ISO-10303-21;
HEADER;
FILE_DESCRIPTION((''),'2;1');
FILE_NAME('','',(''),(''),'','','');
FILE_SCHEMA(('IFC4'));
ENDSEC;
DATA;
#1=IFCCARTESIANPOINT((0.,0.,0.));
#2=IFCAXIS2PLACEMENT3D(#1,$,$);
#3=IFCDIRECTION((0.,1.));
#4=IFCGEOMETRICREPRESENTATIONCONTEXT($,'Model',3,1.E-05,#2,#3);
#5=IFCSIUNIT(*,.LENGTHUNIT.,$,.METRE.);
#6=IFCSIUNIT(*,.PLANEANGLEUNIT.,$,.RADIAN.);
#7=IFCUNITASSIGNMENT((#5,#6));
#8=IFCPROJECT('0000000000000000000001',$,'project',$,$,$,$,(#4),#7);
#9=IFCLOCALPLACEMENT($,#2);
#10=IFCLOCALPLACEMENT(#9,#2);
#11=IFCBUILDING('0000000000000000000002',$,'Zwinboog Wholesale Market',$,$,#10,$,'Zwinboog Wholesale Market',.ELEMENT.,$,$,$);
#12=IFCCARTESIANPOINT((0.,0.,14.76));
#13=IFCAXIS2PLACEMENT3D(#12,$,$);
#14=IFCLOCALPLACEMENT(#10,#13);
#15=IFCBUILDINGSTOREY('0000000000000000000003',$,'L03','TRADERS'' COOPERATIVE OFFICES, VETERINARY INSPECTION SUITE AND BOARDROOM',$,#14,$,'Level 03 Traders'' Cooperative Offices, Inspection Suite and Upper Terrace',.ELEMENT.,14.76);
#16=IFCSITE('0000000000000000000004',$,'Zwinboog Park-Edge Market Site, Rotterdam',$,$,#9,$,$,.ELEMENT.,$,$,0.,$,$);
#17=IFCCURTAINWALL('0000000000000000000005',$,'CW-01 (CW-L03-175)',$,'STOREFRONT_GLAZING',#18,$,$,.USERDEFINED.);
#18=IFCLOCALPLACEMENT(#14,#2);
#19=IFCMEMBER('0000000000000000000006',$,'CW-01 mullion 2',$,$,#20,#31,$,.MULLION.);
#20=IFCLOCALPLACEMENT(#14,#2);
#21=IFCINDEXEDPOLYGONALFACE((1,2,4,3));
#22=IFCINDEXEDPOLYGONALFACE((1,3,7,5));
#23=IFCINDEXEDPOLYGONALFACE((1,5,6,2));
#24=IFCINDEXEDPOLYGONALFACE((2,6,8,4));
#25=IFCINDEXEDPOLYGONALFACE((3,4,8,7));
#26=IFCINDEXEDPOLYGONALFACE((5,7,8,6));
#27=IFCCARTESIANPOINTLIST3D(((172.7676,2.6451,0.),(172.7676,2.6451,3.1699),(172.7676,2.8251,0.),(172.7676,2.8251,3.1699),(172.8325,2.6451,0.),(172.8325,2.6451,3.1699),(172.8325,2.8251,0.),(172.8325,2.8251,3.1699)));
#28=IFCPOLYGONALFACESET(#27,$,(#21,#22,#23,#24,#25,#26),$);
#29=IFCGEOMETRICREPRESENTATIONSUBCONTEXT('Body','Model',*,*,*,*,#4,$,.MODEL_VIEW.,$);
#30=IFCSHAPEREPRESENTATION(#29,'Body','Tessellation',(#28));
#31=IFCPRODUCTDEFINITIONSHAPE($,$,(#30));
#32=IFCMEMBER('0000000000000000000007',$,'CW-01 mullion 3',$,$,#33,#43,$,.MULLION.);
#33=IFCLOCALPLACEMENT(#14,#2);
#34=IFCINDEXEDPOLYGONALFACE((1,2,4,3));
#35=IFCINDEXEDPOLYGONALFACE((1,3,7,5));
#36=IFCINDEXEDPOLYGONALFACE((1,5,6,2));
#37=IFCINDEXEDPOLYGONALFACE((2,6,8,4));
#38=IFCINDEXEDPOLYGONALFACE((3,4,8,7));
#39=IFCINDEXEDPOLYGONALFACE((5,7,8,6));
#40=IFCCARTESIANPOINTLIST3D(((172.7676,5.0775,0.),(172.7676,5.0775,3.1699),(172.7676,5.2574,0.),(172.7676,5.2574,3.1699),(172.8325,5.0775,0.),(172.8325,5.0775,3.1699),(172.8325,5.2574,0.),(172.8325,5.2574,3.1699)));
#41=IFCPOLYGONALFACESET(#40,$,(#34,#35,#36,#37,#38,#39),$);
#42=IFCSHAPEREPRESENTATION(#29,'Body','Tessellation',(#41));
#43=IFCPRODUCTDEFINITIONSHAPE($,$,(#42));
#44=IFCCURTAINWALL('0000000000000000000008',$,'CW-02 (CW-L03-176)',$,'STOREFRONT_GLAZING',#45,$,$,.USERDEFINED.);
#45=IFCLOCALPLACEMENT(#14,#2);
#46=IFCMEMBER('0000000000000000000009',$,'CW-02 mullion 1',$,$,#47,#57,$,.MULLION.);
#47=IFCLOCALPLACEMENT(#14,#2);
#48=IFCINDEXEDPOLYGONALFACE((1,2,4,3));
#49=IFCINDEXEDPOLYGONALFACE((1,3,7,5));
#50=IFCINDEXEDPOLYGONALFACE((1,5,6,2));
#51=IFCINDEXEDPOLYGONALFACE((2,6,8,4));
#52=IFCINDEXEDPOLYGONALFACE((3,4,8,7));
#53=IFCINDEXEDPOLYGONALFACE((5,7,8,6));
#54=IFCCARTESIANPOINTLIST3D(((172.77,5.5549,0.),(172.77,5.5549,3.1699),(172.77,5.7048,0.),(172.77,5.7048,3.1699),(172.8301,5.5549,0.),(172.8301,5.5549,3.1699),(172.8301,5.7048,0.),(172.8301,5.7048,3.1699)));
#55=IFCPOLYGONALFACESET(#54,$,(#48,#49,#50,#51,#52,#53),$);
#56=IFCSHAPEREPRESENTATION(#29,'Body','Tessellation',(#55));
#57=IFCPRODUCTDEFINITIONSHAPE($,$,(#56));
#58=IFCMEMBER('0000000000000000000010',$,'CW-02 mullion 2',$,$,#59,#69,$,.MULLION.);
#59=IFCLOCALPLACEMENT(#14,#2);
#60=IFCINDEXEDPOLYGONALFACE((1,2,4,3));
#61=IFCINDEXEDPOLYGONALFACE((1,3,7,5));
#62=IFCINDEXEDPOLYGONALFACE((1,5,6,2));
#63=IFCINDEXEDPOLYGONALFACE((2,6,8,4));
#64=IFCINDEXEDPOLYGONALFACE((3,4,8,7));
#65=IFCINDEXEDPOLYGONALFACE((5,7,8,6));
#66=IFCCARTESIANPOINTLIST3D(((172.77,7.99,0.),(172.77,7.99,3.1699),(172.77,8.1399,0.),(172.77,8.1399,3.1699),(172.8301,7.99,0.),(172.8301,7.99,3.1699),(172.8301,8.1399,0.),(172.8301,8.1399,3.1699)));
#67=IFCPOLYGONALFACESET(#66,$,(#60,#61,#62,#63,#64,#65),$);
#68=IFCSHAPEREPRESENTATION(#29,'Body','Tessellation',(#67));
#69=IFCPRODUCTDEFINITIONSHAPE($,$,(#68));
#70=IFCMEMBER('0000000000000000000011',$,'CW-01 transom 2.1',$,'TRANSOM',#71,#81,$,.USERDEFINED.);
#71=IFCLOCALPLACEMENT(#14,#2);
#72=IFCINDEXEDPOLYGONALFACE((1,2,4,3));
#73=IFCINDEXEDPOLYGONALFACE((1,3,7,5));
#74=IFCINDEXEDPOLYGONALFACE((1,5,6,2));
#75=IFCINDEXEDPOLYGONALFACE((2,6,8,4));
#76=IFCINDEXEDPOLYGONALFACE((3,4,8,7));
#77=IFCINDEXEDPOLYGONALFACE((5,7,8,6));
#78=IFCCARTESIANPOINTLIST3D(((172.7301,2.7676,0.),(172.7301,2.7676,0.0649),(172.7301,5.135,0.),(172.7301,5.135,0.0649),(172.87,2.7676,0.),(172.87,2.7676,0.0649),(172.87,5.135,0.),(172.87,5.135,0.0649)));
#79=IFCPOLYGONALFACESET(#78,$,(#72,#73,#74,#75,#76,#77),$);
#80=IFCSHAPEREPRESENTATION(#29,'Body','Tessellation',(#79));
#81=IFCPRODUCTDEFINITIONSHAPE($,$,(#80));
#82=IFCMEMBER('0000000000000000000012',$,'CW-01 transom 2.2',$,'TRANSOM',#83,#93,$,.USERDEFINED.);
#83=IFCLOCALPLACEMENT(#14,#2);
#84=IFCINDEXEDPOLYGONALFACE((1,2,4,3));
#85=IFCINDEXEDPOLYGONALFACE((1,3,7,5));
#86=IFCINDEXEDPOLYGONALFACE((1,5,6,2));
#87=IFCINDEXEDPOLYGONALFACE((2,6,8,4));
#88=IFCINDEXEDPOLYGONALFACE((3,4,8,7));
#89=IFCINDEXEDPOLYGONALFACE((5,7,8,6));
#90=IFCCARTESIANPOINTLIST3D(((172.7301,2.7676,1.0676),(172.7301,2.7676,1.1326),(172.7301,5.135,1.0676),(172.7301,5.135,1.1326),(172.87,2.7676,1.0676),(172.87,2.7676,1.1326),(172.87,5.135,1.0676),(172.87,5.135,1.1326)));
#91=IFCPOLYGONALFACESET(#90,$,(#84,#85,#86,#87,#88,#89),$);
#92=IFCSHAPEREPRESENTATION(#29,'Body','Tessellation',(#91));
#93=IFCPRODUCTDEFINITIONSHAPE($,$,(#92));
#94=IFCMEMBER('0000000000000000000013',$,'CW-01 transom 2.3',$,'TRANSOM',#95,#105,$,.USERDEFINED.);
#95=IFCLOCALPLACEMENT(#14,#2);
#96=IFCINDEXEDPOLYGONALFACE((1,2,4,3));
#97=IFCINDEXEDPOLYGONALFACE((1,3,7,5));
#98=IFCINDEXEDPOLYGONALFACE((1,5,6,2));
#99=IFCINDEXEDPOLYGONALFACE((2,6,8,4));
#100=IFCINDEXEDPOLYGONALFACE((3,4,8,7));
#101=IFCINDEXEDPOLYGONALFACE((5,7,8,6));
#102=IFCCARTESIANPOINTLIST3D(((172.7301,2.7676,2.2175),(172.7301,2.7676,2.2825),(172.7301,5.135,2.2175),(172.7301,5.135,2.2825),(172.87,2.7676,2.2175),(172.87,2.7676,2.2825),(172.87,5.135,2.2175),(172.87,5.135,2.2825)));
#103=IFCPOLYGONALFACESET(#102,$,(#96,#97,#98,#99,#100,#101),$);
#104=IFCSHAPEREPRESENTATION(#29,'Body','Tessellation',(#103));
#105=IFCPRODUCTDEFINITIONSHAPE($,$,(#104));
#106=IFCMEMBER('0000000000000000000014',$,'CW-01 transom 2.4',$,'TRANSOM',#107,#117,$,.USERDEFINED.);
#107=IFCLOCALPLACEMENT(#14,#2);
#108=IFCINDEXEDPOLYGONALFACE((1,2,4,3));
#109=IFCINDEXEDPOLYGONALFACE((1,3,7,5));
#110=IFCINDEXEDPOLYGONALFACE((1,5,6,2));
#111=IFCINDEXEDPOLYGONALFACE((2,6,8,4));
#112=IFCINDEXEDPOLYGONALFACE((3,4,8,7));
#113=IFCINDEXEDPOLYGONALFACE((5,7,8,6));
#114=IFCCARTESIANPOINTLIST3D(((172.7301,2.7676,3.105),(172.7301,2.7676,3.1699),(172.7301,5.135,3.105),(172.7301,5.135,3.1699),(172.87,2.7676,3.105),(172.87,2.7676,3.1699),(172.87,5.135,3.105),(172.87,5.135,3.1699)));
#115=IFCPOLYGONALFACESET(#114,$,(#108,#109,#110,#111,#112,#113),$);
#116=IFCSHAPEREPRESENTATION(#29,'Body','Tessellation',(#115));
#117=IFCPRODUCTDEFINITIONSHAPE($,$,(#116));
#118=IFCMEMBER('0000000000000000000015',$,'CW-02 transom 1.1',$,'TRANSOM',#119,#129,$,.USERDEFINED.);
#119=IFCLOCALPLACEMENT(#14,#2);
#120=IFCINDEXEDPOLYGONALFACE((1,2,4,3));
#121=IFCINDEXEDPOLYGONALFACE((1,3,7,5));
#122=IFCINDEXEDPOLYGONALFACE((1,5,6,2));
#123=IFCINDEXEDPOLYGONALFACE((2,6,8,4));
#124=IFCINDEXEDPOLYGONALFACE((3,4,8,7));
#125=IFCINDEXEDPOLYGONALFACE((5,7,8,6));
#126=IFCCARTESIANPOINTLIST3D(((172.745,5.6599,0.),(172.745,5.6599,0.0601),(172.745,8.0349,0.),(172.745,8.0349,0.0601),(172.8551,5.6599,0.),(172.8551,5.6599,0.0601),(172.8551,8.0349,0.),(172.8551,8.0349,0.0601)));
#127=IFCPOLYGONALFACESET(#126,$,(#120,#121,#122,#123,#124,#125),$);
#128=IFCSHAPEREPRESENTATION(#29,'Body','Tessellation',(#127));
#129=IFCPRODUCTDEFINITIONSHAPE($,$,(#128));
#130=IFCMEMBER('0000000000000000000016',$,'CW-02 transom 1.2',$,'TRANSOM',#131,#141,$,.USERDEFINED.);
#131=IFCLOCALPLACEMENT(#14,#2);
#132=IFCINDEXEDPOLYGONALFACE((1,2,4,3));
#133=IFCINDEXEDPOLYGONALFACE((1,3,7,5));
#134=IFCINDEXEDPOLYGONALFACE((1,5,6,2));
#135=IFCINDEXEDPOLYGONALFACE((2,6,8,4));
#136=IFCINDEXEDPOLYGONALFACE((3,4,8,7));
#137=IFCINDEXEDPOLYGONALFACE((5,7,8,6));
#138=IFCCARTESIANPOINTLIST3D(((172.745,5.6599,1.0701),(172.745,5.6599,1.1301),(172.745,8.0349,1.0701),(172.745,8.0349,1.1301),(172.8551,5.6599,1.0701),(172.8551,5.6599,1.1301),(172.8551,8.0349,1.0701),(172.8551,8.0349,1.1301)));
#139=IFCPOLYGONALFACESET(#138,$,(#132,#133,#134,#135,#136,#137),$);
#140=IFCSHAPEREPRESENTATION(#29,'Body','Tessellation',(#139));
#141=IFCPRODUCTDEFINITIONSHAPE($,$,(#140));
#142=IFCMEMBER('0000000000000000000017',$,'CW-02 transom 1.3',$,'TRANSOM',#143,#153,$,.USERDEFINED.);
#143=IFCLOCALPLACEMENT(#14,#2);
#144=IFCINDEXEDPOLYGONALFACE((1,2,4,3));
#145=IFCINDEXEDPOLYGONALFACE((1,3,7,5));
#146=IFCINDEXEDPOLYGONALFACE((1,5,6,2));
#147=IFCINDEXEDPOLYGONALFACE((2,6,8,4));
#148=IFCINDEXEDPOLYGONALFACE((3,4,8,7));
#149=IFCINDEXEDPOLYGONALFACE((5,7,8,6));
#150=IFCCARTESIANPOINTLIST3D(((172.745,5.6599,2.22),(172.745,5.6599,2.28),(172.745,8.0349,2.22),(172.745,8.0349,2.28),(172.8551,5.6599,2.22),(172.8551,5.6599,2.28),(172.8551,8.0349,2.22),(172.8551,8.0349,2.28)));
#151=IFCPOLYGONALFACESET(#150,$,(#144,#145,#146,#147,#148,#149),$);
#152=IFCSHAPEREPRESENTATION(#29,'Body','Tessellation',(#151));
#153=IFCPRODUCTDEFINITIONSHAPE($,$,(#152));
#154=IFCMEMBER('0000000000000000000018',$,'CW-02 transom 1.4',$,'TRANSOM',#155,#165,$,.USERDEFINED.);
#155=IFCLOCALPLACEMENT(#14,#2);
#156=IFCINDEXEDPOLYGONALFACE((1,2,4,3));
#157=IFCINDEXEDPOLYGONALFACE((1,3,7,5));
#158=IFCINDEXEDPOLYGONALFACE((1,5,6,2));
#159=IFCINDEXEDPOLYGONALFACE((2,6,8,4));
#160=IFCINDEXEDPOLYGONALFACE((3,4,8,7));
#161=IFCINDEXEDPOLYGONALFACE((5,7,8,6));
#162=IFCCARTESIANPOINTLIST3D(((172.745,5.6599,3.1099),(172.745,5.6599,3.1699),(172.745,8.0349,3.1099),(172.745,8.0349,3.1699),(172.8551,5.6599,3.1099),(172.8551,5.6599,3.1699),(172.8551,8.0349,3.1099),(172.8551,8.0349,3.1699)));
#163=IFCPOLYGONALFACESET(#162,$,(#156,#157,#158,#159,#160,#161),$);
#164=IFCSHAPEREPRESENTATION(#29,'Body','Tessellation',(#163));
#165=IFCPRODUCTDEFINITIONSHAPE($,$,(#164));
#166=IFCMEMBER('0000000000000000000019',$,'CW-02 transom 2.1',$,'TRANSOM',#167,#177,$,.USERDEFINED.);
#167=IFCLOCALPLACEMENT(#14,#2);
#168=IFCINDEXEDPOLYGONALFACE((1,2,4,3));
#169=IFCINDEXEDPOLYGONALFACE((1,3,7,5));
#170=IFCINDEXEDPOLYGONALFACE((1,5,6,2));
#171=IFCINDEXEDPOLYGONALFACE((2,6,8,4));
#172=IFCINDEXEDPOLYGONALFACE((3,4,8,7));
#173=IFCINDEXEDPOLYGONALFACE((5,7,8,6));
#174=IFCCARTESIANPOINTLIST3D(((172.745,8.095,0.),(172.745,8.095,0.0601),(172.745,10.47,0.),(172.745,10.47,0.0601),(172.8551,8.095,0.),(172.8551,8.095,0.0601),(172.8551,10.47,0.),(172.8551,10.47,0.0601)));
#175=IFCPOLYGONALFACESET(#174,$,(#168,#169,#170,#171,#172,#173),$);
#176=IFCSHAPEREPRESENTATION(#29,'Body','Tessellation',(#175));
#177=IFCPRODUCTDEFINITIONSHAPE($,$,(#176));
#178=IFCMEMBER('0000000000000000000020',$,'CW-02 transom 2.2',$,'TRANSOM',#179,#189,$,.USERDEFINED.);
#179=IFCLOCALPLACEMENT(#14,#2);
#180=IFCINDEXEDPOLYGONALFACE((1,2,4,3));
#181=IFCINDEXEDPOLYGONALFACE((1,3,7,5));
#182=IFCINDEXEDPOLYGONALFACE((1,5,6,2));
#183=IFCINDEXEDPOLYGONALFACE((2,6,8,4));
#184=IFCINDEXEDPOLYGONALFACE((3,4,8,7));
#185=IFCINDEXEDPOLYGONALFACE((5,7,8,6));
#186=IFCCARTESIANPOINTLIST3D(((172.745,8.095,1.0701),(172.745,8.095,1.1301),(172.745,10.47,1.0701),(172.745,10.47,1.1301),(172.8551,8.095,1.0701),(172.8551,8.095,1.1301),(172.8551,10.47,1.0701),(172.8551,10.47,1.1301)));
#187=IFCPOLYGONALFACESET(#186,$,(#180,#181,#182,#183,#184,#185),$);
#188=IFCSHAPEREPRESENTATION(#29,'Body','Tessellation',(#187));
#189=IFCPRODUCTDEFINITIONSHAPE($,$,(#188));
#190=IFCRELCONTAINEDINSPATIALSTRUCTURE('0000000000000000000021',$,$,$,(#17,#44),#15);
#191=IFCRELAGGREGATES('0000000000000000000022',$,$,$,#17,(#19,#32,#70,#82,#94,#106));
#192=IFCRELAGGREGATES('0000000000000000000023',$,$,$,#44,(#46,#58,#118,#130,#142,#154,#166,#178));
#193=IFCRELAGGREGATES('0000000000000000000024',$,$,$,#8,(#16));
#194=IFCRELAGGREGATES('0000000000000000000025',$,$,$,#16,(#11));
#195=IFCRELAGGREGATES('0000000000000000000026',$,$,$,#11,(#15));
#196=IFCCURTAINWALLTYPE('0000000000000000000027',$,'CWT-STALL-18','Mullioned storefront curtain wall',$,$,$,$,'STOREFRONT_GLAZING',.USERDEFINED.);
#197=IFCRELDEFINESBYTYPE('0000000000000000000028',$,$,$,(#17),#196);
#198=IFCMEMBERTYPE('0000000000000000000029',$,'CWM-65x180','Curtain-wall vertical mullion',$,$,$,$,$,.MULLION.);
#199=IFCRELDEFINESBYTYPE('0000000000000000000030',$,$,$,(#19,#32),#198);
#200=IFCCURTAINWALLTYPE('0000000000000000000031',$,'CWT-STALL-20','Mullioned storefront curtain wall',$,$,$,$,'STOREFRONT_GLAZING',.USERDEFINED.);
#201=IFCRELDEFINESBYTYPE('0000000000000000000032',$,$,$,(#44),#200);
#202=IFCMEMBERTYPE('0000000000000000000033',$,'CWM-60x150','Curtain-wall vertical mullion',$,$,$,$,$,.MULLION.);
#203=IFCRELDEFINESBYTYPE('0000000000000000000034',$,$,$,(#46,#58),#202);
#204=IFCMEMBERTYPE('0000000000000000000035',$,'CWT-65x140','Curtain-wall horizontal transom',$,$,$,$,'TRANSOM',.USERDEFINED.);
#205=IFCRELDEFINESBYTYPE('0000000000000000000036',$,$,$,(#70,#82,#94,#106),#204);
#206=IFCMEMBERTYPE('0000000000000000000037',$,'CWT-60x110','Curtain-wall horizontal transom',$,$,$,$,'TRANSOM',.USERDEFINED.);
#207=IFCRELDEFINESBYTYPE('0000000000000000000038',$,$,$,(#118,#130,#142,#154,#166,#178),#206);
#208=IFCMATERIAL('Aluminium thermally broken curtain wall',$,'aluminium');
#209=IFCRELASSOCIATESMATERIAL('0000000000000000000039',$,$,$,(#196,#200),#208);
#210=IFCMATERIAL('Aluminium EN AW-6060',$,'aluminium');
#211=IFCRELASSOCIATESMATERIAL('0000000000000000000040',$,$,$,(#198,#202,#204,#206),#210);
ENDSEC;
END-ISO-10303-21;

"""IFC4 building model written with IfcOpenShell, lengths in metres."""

from ifc_helpers import new_model, si_unit, direction, frame, origin, origin_2d, place, context, subcontext, project, spatial, rectangle, extrude, material, material_profile, profile_set, type_object, element, aggregate, save


model = new_model("IFC4")

# Units and contexts
model_context = context("Model", 3, precision=1e-05, world=origin(), true_north=direction((0.0, 1.0)))
body_context = subcontext(model_context, "Body", "Model", "MODEL_VIEW")
ifc_project = project(units=[si_unit("LENGTHUNIT", "METRE"), si_unit("PLANEANGLEUNIT", "RADIAN")], contexts=[model_context])

# Site, building, storey
site_placement = place(None, origin())
site = spatial("IfcSite", under=ifc_project, at=site_placement, Name="Zwinboog Park-Edge Market Site, Rotterdam", CompositionType="ELEMENT", RefElevation=0.0)
building_placement = place(site_placement, origin())
building = spatial("IfcBuilding", under=site, at=building_placement, Name="Zwinboog Wholesale Market", LongName="Zwinboog Wholesale Market", CompositionType="ELEMENT")
storey_placement = place(building_placement, frame((0.0, 0.0, 14.76)))
storey = spatial("IfcBuildingStorey", under=building, at=storey_placement, Name="L03", Description="TRADERS' COOPERATIVE OFFICES, VETERINARY INSPECTION SUITE AND BOARDROOM", LongName="Level 03 Traders' Cooperative Offices, Inspection Suite and Upper Terrace", CompositionType="ELEMENT", Elevation=14.76)

# Curtain walls, members
ifc_material_1 = material(Name="Aluminium thermally broken curtain wall", Category="aluminium")
curtain_wall_type_1 = type_object("IfcCurtainWallType", Name="CWT-STALL-18", Description="Mullioned storefront curtain wall", ElementType="STOREFRONT_GLAZING", PredefinedType="USERDEFINED", material=ifc_material_1)
curtain_wall_1_placement = place(storey_placement, origin())
curtain_wall_1 = element("IfcCurtainWall", 1, at=curtain_wall_1_placement, inside=storey, type_object=curtain_wall_type_1, Name="CW-01 (CW-L03-175)", ObjectType="STOREFRONT_GLAZING", PredefinedType="USERDEFINED")
ifc_material_2 = material(Name="Aluminium EN AW-6060", Category="aluminium")
ifc_material_profile_1 = material_profile(ifc_material_2, rectangle(XDim=0.0649, YDim=0.1799, at=origin_2d()), Name="AL 65x180")
ifc_profile_set_1 = profile_set([ifc_material_profile_1], Name="Aluminium EN AW-6060")
member_type_1 = type_object("IfcMemberType", Name="CWM-65x180", Description="Curtain-wall vertical mullion", PredefinedType="MULLION", material=ifc_profile_set_1)
member_1_placement = place(storey_placement, frame((172.8, 2.7351, 0.0), z_axis=(0.0, 0.0, 1.0), x_axis=(-1.0, 0.0, 0.0)))
member_1 = element("IfcMember", 2, at=member_1_placement, type_object=member_type_1, Name="CW-01 mullion 2", PredefinedType="MULLION", context=body_context, shape_type="SweptSolid", body=[
    extrude(rectangle(XDim=0.0649, YDim=0.1799, at=origin_2d()), origin(), (0.0, 0.0, 1.0), 3.1699),
])
member_2_placement = place(storey_placement, frame((172.8, 5.1675, 0.0), z_axis=(0.0, 0.0, 1.0), x_axis=(-1.0, 0.0, 0.0)))
member_2 = element("IfcMember", 3, at=member_2_placement, type_object=member_type_1, Name="CW-01 mullion 3", PredefinedType="MULLION", context=body_context, shape_type="SweptSolid", body=[
    extrude(rectangle(XDim=0.0649, YDim=0.1799, at=origin_2d()), origin(), (0.0, 0.0, 1.0), 3.1699),
])
curtain_wall_type_2 = type_object("IfcCurtainWallType", Name="CWT-STALL-20", Description="Mullioned storefront curtain wall", ElementType="STOREFRONT_GLAZING", PredefinedType="USERDEFINED", material=ifc_material_1)
curtain_wall_2_placement = place(storey_placement, origin())
curtain_wall_2 = element("IfcCurtainWall", 4, at=curtain_wall_2_placement, inside=storey, type_object=curtain_wall_type_2, Name="CW-02 (CW-L03-176)", ObjectType="STOREFRONT_GLAZING", PredefinedType="USERDEFINED")
ifc_material_profile_2 = material_profile(ifc_material_2, rectangle(XDim=0.0601, YDim=0.1499, at=origin_2d()), Name="AL 60x150")
ifc_profile_set_2 = profile_set([ifc_material_profile_2], Name="Aluminium EN AW-6060")
member_type_2 = type_object("IfcMemberType", Name="CWM-60x150", Description="Curtain-wall vertical mullion", PredefinedType="MULLION", material=ifc_profile_set_2)
member_3_placement = place(storey_placement, frame((172.8, 5.6299, 0.0), z_axis=(0.0, 0.0, 1.0), x_axis=(-1.0, 0.0, 0.0)))
member_3 = element("IfcMember", 5, at=member_3_placement, type_object=member_type_2, Name="CW-02 mullion 1", PredefinedType="MULLION", context=body_context, shape_type="SweptSolid", body=[
    extrude(rectangle(XDim=0.0601, YDim=0.1499, at=origin_2d()), origin(), (0.0, 0.0, 1.0), 3.1699),
])
member_4_placement = place(storey_placement, frame((172.8, 8.0649, 0.0), z_axis=(0.0, 0.0, 1.0), x_axis=(-1.0, 0.0, 0.0)))
member_4 = element("IfcMember", 6, at=member_4_placement, type_object=member_type_2, Name="CW-02 mullion 2", PredefinedType="MULLION", context=body_context, shape_type="SweptSolid", body=[
    extrude(rectangle(XDim=0.0601, YDim=0.1499, at=origin_2d()), origin(), (0.0, 0.0, 1.0), 3.1699),
])

# Members
ifc_material_profile_3 = material_profile(ifc_material_2, rectangle(XDim=0.1399, YDim=0.0649, at=origin_2d()), Name="AL 65x140")
ifc_profile_set_3 = profile_set([ifc_material_profile_3], Name="Aluminium EN AW-6060")
member_type_3 = type_object("IfcMemberType", Name="CWT-65x140", Description="Curtain-wall horizontal transom", ElementType="TRANSOM", PredefinedType="USERDEFINED", material=ifc_profile_set_3)
member_5_placement = place(storey_placement, frame((172.8, 2.7676, 0.0325), z_axis=(0.0, 1.0, 0.0), x_axis=(-1.0, 0.0, 0.0)))
member_5 = element("IfcMember", 7, at=member_5_placement, type_object=member_type_3, Name="CW-01 transom 2.1", ObjectType="TRANSOM", PredefinedType="USERDEFINED", context=body_context, shape_type="SweptSolid", body=[
    extrude(rectangle(XDim=0.1399, YDim=0.0649, at=origin_2d()), origin(), (0.0, 0.0, 1.0), 2.3674),
])
member_6_placement = place(storey_placement, frame((172.8, 2.7676, 1.1001), z_axis=(0.0, 1.0, 0.0), x_axis=(-1.0, 0.0, 0.0)))
member_6 = element("IfcMember", 8, at=member_6_placement, type_object=member_type_3, Name="CW-01 transom 2.2", ObjectType="TRANSOM", PredefinedType="USERDEFINED", context=body_context, shape_type="SweptSolid", body=[
    extrude(rectangle(XDim=0.1399, YDim=0.0649, at=origin_2d()), origin(), (0.0, 0.0, 1.0), 2.3674),
])
member_7_placement = place(storey_placement, frame((172.8, 2.7676, 2.25), z_axis=(0.0, 1.0, 0.0), x_axis=(-1.0, 0.0, 0.0)))
member_7 = element("IfcMember", 9, at=member_7_placement, type_object=member_type_3, Name="CW-01 transom 2.3", ObjectType="TRANSOM", PredefinedType="USERDEFINED", context=body_context, shape_type="SweptSolid", body=[
    extrude(rectangle(XDim=0.1399, YDim=0.0649, at=origin_2d()), origin(), (0.0, 0.0, 1.0), 2.3674),
])
member_8_placement = place(storey_placement, frame((172.8, 2.7676, 3.1375), z_axis=(0.0, 1.0, 0.0), x_axis=(-1.0, 0.0, 0.0)))
member_8 = element("IfcMember", 10, at=member_8_placement, type_object=member_type_3, Name="CW-01 transom 2.4", ObjectType="TRANSOM", PredefinedType="USERDEFINED", context=body_context, shape_type="SweptSolid", body=[
    extrude(rectangle(XDim=0.1399, YDim=0.0649, at=origin_2d()), origin(), (0.0, 0.0, 1.0), 2.3674),
])
ifc_material_profile_4 = material_profile(ifc_material_2, rectangle(XDim=0.1101, YDim=0.0601, at=origin_2d()), Name="AL 60x110")
ifc_profile_set_4 = profile_set([ifc_material_profile_4], Name="Aluminium EN AW-6060")
member_type_4 = type_object("IfcMemberType", Name="CWT-60x110", Description="Curtain-wall horizontal transom", ElementType="TRANSOM", PredefinedType="USERDEFINED", material=ifc_profile_set_4)
member_9_placement = place(storey_placement, frame((172.8, 5.6599, 0.03), z_axis=(0.0, 1.0, 0.0), x_axis=(-1.0, 0.0, 0.0)))
member_9 = element("IfcMember", 11, at=member_9_placement, type_object=member_type_4, Name="CW-02 transom 1.1", ObjectType="TRANSOM", PredefinedType="USERDEFINED", context=body_context, shape_type="SweptSolid", body=[
    extrude(rectangle(XDim=0.1101, YDim=0.0601, at=origin_2d()), origin(), (0.0, 0.0, 1.0), 2.375),
])
member_10_placement = place(storey_placement, frame((172.8, 5.6599, 1.1001), z_axis=(0.0, 1.0, 0.0), x_axis=(-1.0, 0.0, 0.0)))
member_10 = element("IfcMember", 12, at=member_10_placement, type_object=member_type_4, Name="CW-02 transom 1.2", ObjectType="TRANSOM", PredefinedType="USERDEFINED", context=body_context, shape_type="SweptSolid", body=[
    extrude(rectangle(XDim=0.1101, YDim=0.0601, at=origin_2d()), origin(), (0.0, 0.0, 1.0), 2.375),
])
member_11_placement = place(storey_placement, frame((172.8, 5.6599, 2.25), z_axis=(0.0, 1.0, 0.0), x_axis=(-1.0, 0.0, 0.0)))
member_11 = element("IfcMember", 13, at=member_11_placement, type_object=member_type_4, Name="CW-02 transom 1.3", ObjectType="TRANSOM", PredefinedType="USERDEFINED", context=body_context, shape_type="SweptSolid", body=[
    extrude(rectangle(XDim=0.1101, YDim=0.0601, at=origin_2d()), origin(), (0.0, 0.0, 1.0), 2.375),
])
member_12_placement = place(storey_placement, frame((172.8, 5.6599, 3.1399), z_axis=(0.0, 1.0, 0.0), x_axis=(-1.0, 0.0, 0.0)))
member_12 = element("IfcMember", 14, at=member_12_placement, type_object=member_type_4, Name="CW-02 transom 1.4", ObjectType="TRANSOM", PredefinedType="USERDEFINED", context=body_context, shape_type="SweptSolid", body=[
    extrude(rectangle(XDim=0.1101, YDim=0.0601, at=origin_2d()), origin(), (0.0, 0.0, 1.0), 2.375),
])
member_13_placement = place(storey_placement, frame((172.8, 8.095, 0.03), z_axis=(0.0, 1.0, 0.0), x_axis=(-1.0, 0.0, 0.0)))
member_13 = element("IfcMember", 15, at=member_13_placement, type_object=member_type_4, Name="CW-02 transom 2.1", ObjectType="TRANSOM", PredefinedType="USERDEFINED", context=body_context, shape_type="SweptSolid", body=[
    extrude(rectangle(XDim=0.1101, YDim=0.0601, at=origin_2d()), origin(), (0.0, 0.0, 1.0), 2.375),
])
member_14_placement = place(storey_placement, frame((172.8, 8.095, 1.1001), z_axis=(0.0, 1.0, 0.0), x_axis=(-1.0, 0.0, 0.0)))
member_14 = element("IfcMember", 16, at=member_14_placement, type_object=member_type_4, Name="CW-02 transom 2.2", ObjectType="TRANSOM", PredefinedType="USERDEFINED", context=body_context, shape_type="SweptSolid", body=[
    extrude(rectangle(XDim=0.1101, YDim=0.0601, at=origin_2d()), origin(), (0.0, 0.0, 1.0), 2.375),
])

aggregate(curtain_wall_1, [member_1, member_2, member_5, member_6, member_7, member_8])
aggregate(curtain_wall_2, [member_3, member_4, member_9, member_10, member_11, member_12, member_13, member_14])

save(model, "model.ifc")
